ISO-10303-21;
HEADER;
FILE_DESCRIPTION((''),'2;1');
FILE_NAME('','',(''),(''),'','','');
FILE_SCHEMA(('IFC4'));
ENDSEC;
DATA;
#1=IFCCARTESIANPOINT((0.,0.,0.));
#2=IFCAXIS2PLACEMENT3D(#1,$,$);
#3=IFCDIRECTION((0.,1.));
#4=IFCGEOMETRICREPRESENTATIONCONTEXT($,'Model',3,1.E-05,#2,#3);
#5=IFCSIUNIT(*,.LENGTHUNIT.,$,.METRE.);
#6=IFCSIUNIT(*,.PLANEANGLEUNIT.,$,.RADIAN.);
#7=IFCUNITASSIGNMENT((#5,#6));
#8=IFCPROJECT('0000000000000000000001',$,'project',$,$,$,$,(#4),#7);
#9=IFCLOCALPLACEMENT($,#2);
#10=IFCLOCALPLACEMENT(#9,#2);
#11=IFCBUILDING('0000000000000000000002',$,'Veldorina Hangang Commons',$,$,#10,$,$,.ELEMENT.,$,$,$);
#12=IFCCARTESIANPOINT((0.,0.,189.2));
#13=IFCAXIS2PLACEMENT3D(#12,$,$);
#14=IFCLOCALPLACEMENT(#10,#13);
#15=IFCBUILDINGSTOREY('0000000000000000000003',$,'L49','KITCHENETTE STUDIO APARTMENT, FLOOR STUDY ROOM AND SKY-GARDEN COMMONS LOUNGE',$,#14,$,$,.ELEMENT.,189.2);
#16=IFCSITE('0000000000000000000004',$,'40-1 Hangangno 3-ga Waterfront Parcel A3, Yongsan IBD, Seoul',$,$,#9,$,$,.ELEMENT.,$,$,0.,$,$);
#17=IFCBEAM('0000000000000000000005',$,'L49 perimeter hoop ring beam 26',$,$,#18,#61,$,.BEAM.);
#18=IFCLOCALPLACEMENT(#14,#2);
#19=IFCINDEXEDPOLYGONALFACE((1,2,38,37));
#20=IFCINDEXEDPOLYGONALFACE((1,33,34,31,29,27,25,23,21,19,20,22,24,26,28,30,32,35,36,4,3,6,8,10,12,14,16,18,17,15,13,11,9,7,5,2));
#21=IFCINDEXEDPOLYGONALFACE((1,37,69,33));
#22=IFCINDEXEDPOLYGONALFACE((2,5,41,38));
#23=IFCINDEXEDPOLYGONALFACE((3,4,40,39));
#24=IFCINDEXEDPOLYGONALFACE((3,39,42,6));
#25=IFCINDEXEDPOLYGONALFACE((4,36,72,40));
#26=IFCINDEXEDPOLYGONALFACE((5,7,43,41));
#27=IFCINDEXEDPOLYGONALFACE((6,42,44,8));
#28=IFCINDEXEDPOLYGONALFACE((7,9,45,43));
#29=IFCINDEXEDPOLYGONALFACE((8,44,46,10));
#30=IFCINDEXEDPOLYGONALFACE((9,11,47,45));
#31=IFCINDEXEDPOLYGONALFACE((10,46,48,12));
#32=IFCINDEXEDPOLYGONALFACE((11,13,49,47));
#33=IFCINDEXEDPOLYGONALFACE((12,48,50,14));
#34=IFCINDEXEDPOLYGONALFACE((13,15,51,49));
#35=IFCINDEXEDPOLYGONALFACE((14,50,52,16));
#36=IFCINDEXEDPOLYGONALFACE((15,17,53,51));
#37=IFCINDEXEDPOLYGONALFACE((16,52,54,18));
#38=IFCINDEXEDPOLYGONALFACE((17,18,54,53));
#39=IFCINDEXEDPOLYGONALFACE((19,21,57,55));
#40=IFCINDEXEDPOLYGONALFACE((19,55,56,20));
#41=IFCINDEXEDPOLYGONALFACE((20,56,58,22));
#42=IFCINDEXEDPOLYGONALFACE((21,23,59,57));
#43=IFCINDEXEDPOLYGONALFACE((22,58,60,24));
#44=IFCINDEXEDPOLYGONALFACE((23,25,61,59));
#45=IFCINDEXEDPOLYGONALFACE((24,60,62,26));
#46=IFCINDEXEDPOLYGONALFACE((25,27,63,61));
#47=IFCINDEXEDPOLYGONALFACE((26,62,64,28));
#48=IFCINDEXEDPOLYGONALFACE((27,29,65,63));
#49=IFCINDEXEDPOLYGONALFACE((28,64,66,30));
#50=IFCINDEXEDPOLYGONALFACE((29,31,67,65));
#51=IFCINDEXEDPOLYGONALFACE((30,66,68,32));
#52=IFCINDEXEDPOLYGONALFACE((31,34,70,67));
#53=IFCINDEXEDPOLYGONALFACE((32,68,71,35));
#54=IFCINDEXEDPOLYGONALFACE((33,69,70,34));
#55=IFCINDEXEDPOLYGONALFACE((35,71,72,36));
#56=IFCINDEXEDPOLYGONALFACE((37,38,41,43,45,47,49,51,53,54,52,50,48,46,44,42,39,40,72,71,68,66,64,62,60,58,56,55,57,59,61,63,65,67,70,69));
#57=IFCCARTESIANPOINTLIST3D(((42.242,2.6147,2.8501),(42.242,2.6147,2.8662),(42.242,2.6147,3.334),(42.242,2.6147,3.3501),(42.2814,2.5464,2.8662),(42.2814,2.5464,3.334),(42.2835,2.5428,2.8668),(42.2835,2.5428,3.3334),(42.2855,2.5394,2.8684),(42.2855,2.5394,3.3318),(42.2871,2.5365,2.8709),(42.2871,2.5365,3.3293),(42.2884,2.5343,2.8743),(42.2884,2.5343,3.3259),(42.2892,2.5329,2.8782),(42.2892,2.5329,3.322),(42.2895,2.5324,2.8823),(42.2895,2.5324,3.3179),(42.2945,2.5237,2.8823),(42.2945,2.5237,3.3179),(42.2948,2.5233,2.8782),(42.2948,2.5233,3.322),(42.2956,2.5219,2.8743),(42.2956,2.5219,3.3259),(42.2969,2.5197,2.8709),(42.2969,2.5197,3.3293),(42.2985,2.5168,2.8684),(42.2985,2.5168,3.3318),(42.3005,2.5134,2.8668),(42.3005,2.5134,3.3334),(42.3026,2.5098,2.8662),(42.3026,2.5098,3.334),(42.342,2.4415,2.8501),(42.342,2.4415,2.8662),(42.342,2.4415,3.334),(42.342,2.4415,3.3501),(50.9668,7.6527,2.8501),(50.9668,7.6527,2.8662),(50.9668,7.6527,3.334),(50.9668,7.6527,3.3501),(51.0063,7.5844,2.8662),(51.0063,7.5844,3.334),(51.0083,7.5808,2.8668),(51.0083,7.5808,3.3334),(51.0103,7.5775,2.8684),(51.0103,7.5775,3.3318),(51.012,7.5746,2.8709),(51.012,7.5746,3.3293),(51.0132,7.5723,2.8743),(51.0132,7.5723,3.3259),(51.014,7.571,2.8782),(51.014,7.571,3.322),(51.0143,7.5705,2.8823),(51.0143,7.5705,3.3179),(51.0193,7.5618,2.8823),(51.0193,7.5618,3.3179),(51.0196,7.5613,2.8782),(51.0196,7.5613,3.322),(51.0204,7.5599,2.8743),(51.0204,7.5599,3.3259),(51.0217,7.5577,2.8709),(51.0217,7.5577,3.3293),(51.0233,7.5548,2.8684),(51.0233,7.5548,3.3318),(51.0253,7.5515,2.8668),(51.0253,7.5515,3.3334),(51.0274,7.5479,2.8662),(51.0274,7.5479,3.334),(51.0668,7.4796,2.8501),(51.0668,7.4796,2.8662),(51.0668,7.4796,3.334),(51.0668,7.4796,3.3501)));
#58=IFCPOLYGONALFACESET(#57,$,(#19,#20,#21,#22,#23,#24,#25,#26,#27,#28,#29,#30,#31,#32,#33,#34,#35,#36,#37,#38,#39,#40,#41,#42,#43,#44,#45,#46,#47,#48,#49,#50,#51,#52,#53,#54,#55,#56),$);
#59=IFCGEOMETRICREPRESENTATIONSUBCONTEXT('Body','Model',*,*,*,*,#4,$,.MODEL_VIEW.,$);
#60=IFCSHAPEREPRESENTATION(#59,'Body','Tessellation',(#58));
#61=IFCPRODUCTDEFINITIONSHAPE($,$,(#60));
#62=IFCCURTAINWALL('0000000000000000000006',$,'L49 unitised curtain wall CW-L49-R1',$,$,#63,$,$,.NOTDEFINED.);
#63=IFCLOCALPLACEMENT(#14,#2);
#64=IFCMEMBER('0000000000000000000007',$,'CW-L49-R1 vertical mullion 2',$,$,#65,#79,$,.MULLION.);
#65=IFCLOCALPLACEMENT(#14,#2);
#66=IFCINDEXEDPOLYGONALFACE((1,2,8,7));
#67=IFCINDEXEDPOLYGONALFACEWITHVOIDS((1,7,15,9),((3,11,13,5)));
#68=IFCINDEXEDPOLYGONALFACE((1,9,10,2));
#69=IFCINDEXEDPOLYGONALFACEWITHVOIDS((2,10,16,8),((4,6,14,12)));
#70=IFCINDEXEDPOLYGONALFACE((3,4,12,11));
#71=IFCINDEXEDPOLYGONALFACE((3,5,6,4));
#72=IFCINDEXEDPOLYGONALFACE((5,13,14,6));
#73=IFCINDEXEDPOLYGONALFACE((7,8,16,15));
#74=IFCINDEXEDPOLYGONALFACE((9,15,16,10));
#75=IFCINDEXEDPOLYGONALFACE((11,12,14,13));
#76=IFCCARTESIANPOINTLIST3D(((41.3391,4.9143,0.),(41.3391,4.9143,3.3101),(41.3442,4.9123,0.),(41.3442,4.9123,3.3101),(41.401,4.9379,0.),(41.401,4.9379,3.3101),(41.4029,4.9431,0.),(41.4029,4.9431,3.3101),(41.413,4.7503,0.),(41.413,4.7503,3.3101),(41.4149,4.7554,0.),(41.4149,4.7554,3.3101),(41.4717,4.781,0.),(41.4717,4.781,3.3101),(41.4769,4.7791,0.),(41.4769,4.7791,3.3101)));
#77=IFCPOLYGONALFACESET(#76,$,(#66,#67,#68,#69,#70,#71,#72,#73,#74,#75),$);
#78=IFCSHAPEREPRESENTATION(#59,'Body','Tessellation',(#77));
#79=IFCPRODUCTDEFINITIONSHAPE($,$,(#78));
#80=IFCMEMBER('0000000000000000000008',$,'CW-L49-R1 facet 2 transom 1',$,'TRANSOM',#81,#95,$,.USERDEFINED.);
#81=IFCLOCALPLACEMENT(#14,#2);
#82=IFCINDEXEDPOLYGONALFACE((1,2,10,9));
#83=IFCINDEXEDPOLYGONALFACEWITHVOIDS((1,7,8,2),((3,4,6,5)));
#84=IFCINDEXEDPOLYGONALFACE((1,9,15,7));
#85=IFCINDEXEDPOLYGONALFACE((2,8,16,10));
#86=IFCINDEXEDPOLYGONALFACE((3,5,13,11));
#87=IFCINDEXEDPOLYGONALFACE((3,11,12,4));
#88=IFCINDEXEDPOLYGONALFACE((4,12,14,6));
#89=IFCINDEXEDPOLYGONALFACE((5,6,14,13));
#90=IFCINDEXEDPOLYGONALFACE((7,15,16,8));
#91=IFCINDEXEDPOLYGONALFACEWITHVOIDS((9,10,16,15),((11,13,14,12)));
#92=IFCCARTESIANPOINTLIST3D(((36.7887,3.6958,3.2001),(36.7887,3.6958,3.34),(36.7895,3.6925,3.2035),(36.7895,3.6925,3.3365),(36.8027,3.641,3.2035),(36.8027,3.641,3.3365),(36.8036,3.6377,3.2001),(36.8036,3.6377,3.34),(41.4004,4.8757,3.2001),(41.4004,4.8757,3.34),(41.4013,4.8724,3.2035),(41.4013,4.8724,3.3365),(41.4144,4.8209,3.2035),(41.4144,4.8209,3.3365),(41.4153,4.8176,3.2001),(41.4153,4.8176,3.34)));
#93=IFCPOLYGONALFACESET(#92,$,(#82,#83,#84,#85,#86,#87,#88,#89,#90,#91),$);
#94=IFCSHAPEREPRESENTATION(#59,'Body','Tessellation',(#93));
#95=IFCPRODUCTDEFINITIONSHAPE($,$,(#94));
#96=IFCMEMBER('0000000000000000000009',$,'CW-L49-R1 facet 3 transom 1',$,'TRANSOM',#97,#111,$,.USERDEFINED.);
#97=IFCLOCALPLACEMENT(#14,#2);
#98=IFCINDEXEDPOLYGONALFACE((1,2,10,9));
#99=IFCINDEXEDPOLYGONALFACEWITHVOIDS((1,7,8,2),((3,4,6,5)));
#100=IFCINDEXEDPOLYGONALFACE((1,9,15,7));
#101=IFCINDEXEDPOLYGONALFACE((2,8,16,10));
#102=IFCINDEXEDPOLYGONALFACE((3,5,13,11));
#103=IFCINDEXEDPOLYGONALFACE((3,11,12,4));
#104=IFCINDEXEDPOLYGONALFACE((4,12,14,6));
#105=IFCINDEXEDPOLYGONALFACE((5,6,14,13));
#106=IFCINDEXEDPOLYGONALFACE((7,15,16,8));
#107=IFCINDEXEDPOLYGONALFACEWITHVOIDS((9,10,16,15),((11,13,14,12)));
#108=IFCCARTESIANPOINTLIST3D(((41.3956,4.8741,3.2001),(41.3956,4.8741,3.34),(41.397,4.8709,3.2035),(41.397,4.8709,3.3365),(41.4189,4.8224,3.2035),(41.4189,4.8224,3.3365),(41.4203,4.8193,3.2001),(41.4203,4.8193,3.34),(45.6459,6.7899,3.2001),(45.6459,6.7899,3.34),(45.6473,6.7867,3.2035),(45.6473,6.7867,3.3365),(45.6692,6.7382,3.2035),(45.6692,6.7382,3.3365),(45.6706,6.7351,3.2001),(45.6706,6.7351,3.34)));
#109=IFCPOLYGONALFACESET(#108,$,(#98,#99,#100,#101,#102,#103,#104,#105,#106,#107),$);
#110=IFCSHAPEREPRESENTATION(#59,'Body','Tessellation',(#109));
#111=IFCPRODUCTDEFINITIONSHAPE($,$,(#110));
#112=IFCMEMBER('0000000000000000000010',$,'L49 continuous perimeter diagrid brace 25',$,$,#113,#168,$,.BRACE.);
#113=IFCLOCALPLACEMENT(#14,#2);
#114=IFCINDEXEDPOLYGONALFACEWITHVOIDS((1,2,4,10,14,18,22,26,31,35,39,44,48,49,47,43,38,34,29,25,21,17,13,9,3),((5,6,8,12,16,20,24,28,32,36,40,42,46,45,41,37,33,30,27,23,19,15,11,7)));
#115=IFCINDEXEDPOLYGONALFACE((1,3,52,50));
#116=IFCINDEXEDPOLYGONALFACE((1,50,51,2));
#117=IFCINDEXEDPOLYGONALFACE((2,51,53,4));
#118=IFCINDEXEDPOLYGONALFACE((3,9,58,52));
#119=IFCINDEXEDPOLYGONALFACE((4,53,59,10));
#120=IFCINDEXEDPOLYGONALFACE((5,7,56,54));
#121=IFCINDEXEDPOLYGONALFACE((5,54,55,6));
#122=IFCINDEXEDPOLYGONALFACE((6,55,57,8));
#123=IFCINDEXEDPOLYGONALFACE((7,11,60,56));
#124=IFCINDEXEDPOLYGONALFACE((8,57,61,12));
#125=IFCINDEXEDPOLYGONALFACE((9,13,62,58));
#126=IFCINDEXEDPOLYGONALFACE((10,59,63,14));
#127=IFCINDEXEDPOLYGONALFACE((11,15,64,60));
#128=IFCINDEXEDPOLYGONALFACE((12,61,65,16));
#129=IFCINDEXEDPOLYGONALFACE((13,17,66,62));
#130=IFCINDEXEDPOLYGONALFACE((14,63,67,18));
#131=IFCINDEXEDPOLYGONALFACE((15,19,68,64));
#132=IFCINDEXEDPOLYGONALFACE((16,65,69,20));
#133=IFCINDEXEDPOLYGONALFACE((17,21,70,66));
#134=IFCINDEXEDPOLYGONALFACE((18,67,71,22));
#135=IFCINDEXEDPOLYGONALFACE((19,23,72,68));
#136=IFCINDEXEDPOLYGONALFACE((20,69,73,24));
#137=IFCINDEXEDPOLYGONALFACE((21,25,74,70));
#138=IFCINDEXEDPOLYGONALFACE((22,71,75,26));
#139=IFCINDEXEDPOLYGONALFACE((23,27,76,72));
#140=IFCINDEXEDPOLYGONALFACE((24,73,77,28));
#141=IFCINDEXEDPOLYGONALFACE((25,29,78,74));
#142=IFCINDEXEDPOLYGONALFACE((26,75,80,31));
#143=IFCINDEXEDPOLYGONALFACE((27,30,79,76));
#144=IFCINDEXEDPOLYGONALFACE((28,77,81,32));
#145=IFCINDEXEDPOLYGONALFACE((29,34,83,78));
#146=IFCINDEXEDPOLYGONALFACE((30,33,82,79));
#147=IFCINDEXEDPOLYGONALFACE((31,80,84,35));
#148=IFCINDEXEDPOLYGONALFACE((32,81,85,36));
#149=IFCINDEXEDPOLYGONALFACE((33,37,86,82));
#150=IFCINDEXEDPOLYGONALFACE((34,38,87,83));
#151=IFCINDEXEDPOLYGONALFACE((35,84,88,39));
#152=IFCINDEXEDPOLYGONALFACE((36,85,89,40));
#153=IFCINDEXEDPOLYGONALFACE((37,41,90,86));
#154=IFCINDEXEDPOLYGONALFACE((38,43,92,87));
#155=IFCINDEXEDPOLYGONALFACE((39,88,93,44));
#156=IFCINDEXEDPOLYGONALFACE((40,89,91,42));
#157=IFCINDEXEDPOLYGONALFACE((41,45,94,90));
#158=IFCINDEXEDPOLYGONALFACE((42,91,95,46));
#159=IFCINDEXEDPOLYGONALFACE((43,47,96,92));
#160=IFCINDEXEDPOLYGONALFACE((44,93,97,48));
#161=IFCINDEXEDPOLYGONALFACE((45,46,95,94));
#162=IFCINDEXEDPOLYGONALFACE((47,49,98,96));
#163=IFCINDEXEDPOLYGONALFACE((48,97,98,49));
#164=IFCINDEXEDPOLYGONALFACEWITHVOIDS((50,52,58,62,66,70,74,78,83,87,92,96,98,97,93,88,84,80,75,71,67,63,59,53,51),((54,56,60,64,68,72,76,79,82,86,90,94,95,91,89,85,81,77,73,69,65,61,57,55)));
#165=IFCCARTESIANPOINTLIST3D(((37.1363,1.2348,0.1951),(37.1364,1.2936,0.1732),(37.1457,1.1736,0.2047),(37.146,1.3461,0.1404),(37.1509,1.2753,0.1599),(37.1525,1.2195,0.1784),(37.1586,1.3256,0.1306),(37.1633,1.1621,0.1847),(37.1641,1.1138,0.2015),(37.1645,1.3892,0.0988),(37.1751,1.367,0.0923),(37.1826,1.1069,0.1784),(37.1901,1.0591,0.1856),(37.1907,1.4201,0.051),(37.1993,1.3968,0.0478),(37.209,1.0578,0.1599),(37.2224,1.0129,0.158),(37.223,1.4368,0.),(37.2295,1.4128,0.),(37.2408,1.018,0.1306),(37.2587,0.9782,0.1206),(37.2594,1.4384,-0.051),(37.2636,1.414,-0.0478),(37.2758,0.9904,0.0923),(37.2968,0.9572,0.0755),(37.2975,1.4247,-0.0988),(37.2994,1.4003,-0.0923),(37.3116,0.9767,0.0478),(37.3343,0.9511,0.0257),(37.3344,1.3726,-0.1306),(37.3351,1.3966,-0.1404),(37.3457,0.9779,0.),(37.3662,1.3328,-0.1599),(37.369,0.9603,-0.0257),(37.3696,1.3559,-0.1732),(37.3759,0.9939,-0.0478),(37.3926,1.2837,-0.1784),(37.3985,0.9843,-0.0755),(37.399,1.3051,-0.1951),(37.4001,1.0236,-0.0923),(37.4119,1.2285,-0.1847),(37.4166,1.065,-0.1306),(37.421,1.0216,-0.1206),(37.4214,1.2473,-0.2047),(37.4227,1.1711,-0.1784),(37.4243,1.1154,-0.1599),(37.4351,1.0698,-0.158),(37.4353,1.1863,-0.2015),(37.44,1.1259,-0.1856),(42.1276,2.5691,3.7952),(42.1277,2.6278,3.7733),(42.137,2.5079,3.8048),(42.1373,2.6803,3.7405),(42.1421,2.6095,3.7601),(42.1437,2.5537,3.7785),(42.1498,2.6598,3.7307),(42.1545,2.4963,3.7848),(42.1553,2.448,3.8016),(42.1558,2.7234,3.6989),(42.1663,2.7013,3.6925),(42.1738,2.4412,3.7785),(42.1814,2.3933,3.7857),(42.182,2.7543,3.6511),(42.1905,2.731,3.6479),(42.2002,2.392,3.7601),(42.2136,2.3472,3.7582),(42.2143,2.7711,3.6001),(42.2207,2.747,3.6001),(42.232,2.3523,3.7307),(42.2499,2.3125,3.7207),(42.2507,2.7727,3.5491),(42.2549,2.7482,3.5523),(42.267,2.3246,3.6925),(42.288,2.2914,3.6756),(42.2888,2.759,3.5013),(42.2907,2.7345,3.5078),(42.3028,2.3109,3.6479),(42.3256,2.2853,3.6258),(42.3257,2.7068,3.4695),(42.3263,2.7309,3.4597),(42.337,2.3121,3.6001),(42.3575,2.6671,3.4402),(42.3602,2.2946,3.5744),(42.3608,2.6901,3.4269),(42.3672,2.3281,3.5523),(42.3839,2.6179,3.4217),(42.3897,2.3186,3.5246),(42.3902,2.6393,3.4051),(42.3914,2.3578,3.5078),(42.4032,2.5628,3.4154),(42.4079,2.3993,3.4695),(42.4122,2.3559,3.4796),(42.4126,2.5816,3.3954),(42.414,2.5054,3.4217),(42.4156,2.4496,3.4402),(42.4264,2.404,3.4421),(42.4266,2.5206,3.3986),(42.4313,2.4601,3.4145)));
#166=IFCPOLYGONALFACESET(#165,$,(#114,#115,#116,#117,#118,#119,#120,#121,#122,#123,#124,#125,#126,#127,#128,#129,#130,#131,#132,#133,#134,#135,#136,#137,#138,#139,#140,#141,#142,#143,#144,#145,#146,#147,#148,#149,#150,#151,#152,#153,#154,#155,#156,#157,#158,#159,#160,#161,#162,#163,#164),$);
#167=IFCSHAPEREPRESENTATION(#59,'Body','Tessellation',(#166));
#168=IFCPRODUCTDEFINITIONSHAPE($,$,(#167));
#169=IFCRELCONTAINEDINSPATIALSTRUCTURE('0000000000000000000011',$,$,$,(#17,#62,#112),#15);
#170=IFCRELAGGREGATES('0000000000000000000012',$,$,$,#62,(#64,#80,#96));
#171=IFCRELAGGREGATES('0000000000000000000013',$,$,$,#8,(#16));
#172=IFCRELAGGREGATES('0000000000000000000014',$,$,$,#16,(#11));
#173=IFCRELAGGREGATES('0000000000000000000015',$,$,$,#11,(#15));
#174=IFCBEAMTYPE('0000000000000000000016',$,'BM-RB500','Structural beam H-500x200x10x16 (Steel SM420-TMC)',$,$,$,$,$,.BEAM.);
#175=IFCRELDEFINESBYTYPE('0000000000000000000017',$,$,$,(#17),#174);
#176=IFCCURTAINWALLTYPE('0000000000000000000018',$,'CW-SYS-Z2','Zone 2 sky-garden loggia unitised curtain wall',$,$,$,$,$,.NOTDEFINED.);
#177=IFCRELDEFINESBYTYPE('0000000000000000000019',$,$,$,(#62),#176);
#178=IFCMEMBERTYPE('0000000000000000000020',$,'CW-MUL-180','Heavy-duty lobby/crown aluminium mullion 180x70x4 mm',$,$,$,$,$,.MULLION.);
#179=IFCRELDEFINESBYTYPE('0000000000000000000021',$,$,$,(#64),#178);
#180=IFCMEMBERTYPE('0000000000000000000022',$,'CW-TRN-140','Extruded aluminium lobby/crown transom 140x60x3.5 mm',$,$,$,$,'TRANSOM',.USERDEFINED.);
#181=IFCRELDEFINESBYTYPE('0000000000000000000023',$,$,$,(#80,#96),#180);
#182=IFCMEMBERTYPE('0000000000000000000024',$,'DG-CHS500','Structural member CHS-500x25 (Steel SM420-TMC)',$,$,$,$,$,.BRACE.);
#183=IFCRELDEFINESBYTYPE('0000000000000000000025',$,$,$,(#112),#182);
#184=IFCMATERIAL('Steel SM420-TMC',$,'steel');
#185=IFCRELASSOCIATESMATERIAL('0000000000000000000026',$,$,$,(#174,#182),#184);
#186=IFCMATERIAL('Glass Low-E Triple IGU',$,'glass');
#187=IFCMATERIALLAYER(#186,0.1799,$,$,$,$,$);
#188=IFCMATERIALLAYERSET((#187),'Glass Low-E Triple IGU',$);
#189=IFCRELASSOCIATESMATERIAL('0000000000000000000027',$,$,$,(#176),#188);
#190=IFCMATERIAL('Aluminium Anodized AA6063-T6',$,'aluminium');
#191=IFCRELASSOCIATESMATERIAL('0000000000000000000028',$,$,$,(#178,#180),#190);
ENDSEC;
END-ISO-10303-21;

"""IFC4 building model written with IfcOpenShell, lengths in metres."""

from ifc_helpers import new_model, si_unit, direction, frame, origin, origin_2d, place, context, subcontext, project, spatial, hollow_rectangle, hollow_circle, i_section, extrude, material, layer, layer_set, material_profile, profile_set, type_object, element, aggregate, save


model = new_model("IFC4")

# Units and contexts
model_context = context("Model", 3, precision=1e-05, world=origin(), true_north=direction((0.0, 1.0)))
body_context = subcontext(model_context, "Body", "Model", "MODEL_VIEW")
ifc_project = project(units=[si_unit("LENGTHUNIT", "METRE"), si_unit("PLANEANGLEUNIT", "RADIAN")], contexts=[model_context])

# Site, building, storey
site_placement = place(None, origin())
site = spatial("IfcSite", under=ifc_project, at=site_placement, Name="40-1 Hangangno 3-ga Waterfront Parcel A3, Yongsan IBD, Seoul", CompositionType="ELEMENT", RefElevation=0.0)
building_placement = place(site_placement, origin())
building = spatial("IfcBuilding", under=site, at=building_placement, Name="Veldorina Hangang Commons", CompositionType="ELEMENT")
storey_placement = place(building_placement, frame((0.0, 0.0, 189.2)))
storey = spatial("IfcBuildingStorey", under=building, at=storey_placement, Name="L49", Description="KITCHENETTE STUDIO APARTMENT, FLOOR STUDY ROOM AND SKY-GARDEN COMMONS LOUNGE", CompositionType="ELEMENT", Elevation=189.2)

# Beam
ifc_material_1 = material(Name="Steel SM420-TMC", Category="steel")
ifc_material_profile_1 = material_profile(ifc_material_1, i_section(OverallWidth=0.2, OverallDepth=0.5, WebThickness=0.01, FlangeThickness=0.0161, FilletRadius=0.0161, at=origin_2d()), Name="H-500x200x10x16")
ifc_profile_set_1 = profile_set([ifc_material_profile_1], Name="Steel SM420-TMC")
beam_type = type_object("IfcBeamType", Name="BM-RB500", Description="Structural beam H-500x200x10x16 (Steel SM420-TMC)", PredefinedType="BEAM", material=ifc_profile_set_1)
beam_placement = place(storey_placement, frame((42.292, 2.5281, 3.1001), z_axis=(0.865991, 0.500059, 0.0), x_axis=(-0.500059, 0.865991, 0.0)))
element("IfcBeam", 1, at=beam_placement, inside=storey, type_object=beam_type, Name="L49 perimeter hoop ring beam 26", PredefinedType="BEAM", context=body_context, shape_type="SweptSolid", body=[
    extrude(i_section(OverallWidth=0.2, OverallDepth=0.5, WebThickness=0.01, FlangeThickness=0.0161, FilletRadius=0.0161, at=origin_2d()), origin(), (0.0, 0.0, 1.0), 10.075),
])

# Curtain wall, members
ifc_material_2 = material(Name="Glass Low-E Triple IGU", Category="glass")
ifc_layer_1 = layer(ifc_material_2, 0.1799)
ifc_layer_set_1 = layer_set([ifc_layer_1], Name="Glass Low-E Triple IGU")
curtain_wall_type = type_object("IfcCurtainWallType", Name="CW-SYS-Z2", Description="Zone 2 sky-garden loggia unitised curtain wall", PredefinedType="NOTDEFINED", material=ifc_layer_set_1)
curtain_wall_placement = place(storey_placement, origin())
curtain_wall = element("IfcCurtainWall", 2, at=curtain_wall_placement, inside=storey, type_object=curtain_wall_type, Name="L49 unitised curtain wall CW-L49-R1", PredefinedType="NOTDEFINED")
ifc_material_3 = material(Name="Aluminium Anodized AA6063-T6", Category="aluminium")
ifc_material_profile_2 = material_profile(ifc_material_3, hollow_rectangle(XDim=0.0701, YDim=0.1799, WallThickness=0.0039, at=origin_2d()), Name="ALU-RHS-180x70x4")
ifc_profile_set_2 = profile_set([ifc_material_profile_2], Name="Aluminium Anodized AA6063-T6")
member_type_1 = type_object("IfcMemberType", Name="CW-MUL-180", Description="Heavy-duty lobby/crown aluminium mullion 180x70x4 mm", PredefinedType="MULLION", material=ifc_profile_set_2)
member_1_placement = place(storey_placement, frame((41.408, 4.8467, 0.0), z_axis=(0.0, 0.0, 1.0), x_axis=(0.911669, 0.410926, 0.0)))
member_1 = element("IfcMember", 3, at=member_1_placement, type_object=member_type_1, Name="CW-L49-R1 vertical mullion 2", PredefinedType="MULLION", context=body_context, shape_type="SweptSolid", body=[
    extrude(hollow_rectangle(XDim=0.0701, YDim=0.1799, WallThickness=0.0039, at=origin_2d()), origin(), (0.0, 0.0, 1.0), 3.3101),
])
ifc_material_profile_3 = material_profile(ifc_material_3, hollow_rectangle(XDim=0.0601, YDim=0.1399, WallThickness=0.0034, at=origin_2d()), Name="ALU-RHS-140x60x3.5")
ifc_profile_set_3 = profile_set([ifc_material_profile_3], Name="Aluminium Anodized AA6063-T6")
member_type_2 = type_object("IfcMemberType", Name="CW-TRN-140", Description="Extruded aluminium lobby/crown transom 140x60x3.5 mm", ElementType="TRANSOM", PredefinedType="USERDEFINED", material=ifc_profile_set_3)
member_2_placement = place(storey_placement, frame((36.7961, 3.6667, 3.27), z_axis=(0.968794, 0.247866, 0.0), x_axis=(-0.247866, 0.968794, 0.0)))
member_2 = element("IfcMember", 4, at=member_2_placement, type_object=member_type_2, Name="CW-L49-R1 facet 2 transom 1", ObjectType="TRANSOM", PredefinedType="USERDEFINED", context=body_context, shape_type="SweptSolid", body=[
    extrude(hollow_rectangle(XDim=0.0601, YDim=0.1399, WallThickness=0.0034, at=origin_2d()), origin(), (0.0, 0.0, 1.0), 4.7603),
])
member_3_placement = place(storey_placement, frame((41.408, 4.8467, 3.27), z_axis=(0.911668, 0.410929, 0.0), x_axis=(-0.410929, 0.911668, 0.0)))
member_3 = element("IfcMember", 5, at=member_3_placement, type_object=member_type_2, Name="CW-L49-R1 facet 3 transom 1", ObjectType="TRANSOM", PredefinedType="USERDEFINED", context=body_context, shape_type="SweptSolid", body=[
    extrude(hollow_rectangle(XDim=0.0601, YDim=0.1399, WallThickness=0.0034, at=origin_2d()), origin(), (0.0, 0.0, 1.0), 4.6621),
])

# Member
ifc_material_profile_4 = material_profile(ifc_material_1, hollow_circle(Radius=0.25, WallThickness=0.0249, at=origin_2d()), Name="CHS-500x25")
ifc_profile_set_4 = profile_set([ifc_material_profile_4], Name="Steel SM420-TMC")
member_type_3 = type_object("IfcMemberType", Name="DG-CHS500", Description="Structural member CHS-500x25 (Steel SM420-TMC)", PredefinedType="BRACE", material=ifc_profile_set_4)
member_4_placement = place(storey_placement, frame((37.2876, 1.1953, 0.0), z_axis=(0.792625, 0.211881, 0.57171), x_axis=(-0.258248, 0.966079, 0.0)))
element("IfcMember", 6, at=member_4_placement, inside=storey, type_object=member_type_3, Name="L49 continuous perimeter diagrid brace 25", PredefinedType="BRACE", context=body_context, shape_type="SweptSolid", body=[
    extrude(hollow_circle(Radius=0.25, WallThickness=0.0249, at=origin_2d()), origin(), (0.0, 0.0, 1.0), 6.2971),
])

aggregate(curtain_wall, [member_1, member_2, member_3])

save(model, "model.ifc")
